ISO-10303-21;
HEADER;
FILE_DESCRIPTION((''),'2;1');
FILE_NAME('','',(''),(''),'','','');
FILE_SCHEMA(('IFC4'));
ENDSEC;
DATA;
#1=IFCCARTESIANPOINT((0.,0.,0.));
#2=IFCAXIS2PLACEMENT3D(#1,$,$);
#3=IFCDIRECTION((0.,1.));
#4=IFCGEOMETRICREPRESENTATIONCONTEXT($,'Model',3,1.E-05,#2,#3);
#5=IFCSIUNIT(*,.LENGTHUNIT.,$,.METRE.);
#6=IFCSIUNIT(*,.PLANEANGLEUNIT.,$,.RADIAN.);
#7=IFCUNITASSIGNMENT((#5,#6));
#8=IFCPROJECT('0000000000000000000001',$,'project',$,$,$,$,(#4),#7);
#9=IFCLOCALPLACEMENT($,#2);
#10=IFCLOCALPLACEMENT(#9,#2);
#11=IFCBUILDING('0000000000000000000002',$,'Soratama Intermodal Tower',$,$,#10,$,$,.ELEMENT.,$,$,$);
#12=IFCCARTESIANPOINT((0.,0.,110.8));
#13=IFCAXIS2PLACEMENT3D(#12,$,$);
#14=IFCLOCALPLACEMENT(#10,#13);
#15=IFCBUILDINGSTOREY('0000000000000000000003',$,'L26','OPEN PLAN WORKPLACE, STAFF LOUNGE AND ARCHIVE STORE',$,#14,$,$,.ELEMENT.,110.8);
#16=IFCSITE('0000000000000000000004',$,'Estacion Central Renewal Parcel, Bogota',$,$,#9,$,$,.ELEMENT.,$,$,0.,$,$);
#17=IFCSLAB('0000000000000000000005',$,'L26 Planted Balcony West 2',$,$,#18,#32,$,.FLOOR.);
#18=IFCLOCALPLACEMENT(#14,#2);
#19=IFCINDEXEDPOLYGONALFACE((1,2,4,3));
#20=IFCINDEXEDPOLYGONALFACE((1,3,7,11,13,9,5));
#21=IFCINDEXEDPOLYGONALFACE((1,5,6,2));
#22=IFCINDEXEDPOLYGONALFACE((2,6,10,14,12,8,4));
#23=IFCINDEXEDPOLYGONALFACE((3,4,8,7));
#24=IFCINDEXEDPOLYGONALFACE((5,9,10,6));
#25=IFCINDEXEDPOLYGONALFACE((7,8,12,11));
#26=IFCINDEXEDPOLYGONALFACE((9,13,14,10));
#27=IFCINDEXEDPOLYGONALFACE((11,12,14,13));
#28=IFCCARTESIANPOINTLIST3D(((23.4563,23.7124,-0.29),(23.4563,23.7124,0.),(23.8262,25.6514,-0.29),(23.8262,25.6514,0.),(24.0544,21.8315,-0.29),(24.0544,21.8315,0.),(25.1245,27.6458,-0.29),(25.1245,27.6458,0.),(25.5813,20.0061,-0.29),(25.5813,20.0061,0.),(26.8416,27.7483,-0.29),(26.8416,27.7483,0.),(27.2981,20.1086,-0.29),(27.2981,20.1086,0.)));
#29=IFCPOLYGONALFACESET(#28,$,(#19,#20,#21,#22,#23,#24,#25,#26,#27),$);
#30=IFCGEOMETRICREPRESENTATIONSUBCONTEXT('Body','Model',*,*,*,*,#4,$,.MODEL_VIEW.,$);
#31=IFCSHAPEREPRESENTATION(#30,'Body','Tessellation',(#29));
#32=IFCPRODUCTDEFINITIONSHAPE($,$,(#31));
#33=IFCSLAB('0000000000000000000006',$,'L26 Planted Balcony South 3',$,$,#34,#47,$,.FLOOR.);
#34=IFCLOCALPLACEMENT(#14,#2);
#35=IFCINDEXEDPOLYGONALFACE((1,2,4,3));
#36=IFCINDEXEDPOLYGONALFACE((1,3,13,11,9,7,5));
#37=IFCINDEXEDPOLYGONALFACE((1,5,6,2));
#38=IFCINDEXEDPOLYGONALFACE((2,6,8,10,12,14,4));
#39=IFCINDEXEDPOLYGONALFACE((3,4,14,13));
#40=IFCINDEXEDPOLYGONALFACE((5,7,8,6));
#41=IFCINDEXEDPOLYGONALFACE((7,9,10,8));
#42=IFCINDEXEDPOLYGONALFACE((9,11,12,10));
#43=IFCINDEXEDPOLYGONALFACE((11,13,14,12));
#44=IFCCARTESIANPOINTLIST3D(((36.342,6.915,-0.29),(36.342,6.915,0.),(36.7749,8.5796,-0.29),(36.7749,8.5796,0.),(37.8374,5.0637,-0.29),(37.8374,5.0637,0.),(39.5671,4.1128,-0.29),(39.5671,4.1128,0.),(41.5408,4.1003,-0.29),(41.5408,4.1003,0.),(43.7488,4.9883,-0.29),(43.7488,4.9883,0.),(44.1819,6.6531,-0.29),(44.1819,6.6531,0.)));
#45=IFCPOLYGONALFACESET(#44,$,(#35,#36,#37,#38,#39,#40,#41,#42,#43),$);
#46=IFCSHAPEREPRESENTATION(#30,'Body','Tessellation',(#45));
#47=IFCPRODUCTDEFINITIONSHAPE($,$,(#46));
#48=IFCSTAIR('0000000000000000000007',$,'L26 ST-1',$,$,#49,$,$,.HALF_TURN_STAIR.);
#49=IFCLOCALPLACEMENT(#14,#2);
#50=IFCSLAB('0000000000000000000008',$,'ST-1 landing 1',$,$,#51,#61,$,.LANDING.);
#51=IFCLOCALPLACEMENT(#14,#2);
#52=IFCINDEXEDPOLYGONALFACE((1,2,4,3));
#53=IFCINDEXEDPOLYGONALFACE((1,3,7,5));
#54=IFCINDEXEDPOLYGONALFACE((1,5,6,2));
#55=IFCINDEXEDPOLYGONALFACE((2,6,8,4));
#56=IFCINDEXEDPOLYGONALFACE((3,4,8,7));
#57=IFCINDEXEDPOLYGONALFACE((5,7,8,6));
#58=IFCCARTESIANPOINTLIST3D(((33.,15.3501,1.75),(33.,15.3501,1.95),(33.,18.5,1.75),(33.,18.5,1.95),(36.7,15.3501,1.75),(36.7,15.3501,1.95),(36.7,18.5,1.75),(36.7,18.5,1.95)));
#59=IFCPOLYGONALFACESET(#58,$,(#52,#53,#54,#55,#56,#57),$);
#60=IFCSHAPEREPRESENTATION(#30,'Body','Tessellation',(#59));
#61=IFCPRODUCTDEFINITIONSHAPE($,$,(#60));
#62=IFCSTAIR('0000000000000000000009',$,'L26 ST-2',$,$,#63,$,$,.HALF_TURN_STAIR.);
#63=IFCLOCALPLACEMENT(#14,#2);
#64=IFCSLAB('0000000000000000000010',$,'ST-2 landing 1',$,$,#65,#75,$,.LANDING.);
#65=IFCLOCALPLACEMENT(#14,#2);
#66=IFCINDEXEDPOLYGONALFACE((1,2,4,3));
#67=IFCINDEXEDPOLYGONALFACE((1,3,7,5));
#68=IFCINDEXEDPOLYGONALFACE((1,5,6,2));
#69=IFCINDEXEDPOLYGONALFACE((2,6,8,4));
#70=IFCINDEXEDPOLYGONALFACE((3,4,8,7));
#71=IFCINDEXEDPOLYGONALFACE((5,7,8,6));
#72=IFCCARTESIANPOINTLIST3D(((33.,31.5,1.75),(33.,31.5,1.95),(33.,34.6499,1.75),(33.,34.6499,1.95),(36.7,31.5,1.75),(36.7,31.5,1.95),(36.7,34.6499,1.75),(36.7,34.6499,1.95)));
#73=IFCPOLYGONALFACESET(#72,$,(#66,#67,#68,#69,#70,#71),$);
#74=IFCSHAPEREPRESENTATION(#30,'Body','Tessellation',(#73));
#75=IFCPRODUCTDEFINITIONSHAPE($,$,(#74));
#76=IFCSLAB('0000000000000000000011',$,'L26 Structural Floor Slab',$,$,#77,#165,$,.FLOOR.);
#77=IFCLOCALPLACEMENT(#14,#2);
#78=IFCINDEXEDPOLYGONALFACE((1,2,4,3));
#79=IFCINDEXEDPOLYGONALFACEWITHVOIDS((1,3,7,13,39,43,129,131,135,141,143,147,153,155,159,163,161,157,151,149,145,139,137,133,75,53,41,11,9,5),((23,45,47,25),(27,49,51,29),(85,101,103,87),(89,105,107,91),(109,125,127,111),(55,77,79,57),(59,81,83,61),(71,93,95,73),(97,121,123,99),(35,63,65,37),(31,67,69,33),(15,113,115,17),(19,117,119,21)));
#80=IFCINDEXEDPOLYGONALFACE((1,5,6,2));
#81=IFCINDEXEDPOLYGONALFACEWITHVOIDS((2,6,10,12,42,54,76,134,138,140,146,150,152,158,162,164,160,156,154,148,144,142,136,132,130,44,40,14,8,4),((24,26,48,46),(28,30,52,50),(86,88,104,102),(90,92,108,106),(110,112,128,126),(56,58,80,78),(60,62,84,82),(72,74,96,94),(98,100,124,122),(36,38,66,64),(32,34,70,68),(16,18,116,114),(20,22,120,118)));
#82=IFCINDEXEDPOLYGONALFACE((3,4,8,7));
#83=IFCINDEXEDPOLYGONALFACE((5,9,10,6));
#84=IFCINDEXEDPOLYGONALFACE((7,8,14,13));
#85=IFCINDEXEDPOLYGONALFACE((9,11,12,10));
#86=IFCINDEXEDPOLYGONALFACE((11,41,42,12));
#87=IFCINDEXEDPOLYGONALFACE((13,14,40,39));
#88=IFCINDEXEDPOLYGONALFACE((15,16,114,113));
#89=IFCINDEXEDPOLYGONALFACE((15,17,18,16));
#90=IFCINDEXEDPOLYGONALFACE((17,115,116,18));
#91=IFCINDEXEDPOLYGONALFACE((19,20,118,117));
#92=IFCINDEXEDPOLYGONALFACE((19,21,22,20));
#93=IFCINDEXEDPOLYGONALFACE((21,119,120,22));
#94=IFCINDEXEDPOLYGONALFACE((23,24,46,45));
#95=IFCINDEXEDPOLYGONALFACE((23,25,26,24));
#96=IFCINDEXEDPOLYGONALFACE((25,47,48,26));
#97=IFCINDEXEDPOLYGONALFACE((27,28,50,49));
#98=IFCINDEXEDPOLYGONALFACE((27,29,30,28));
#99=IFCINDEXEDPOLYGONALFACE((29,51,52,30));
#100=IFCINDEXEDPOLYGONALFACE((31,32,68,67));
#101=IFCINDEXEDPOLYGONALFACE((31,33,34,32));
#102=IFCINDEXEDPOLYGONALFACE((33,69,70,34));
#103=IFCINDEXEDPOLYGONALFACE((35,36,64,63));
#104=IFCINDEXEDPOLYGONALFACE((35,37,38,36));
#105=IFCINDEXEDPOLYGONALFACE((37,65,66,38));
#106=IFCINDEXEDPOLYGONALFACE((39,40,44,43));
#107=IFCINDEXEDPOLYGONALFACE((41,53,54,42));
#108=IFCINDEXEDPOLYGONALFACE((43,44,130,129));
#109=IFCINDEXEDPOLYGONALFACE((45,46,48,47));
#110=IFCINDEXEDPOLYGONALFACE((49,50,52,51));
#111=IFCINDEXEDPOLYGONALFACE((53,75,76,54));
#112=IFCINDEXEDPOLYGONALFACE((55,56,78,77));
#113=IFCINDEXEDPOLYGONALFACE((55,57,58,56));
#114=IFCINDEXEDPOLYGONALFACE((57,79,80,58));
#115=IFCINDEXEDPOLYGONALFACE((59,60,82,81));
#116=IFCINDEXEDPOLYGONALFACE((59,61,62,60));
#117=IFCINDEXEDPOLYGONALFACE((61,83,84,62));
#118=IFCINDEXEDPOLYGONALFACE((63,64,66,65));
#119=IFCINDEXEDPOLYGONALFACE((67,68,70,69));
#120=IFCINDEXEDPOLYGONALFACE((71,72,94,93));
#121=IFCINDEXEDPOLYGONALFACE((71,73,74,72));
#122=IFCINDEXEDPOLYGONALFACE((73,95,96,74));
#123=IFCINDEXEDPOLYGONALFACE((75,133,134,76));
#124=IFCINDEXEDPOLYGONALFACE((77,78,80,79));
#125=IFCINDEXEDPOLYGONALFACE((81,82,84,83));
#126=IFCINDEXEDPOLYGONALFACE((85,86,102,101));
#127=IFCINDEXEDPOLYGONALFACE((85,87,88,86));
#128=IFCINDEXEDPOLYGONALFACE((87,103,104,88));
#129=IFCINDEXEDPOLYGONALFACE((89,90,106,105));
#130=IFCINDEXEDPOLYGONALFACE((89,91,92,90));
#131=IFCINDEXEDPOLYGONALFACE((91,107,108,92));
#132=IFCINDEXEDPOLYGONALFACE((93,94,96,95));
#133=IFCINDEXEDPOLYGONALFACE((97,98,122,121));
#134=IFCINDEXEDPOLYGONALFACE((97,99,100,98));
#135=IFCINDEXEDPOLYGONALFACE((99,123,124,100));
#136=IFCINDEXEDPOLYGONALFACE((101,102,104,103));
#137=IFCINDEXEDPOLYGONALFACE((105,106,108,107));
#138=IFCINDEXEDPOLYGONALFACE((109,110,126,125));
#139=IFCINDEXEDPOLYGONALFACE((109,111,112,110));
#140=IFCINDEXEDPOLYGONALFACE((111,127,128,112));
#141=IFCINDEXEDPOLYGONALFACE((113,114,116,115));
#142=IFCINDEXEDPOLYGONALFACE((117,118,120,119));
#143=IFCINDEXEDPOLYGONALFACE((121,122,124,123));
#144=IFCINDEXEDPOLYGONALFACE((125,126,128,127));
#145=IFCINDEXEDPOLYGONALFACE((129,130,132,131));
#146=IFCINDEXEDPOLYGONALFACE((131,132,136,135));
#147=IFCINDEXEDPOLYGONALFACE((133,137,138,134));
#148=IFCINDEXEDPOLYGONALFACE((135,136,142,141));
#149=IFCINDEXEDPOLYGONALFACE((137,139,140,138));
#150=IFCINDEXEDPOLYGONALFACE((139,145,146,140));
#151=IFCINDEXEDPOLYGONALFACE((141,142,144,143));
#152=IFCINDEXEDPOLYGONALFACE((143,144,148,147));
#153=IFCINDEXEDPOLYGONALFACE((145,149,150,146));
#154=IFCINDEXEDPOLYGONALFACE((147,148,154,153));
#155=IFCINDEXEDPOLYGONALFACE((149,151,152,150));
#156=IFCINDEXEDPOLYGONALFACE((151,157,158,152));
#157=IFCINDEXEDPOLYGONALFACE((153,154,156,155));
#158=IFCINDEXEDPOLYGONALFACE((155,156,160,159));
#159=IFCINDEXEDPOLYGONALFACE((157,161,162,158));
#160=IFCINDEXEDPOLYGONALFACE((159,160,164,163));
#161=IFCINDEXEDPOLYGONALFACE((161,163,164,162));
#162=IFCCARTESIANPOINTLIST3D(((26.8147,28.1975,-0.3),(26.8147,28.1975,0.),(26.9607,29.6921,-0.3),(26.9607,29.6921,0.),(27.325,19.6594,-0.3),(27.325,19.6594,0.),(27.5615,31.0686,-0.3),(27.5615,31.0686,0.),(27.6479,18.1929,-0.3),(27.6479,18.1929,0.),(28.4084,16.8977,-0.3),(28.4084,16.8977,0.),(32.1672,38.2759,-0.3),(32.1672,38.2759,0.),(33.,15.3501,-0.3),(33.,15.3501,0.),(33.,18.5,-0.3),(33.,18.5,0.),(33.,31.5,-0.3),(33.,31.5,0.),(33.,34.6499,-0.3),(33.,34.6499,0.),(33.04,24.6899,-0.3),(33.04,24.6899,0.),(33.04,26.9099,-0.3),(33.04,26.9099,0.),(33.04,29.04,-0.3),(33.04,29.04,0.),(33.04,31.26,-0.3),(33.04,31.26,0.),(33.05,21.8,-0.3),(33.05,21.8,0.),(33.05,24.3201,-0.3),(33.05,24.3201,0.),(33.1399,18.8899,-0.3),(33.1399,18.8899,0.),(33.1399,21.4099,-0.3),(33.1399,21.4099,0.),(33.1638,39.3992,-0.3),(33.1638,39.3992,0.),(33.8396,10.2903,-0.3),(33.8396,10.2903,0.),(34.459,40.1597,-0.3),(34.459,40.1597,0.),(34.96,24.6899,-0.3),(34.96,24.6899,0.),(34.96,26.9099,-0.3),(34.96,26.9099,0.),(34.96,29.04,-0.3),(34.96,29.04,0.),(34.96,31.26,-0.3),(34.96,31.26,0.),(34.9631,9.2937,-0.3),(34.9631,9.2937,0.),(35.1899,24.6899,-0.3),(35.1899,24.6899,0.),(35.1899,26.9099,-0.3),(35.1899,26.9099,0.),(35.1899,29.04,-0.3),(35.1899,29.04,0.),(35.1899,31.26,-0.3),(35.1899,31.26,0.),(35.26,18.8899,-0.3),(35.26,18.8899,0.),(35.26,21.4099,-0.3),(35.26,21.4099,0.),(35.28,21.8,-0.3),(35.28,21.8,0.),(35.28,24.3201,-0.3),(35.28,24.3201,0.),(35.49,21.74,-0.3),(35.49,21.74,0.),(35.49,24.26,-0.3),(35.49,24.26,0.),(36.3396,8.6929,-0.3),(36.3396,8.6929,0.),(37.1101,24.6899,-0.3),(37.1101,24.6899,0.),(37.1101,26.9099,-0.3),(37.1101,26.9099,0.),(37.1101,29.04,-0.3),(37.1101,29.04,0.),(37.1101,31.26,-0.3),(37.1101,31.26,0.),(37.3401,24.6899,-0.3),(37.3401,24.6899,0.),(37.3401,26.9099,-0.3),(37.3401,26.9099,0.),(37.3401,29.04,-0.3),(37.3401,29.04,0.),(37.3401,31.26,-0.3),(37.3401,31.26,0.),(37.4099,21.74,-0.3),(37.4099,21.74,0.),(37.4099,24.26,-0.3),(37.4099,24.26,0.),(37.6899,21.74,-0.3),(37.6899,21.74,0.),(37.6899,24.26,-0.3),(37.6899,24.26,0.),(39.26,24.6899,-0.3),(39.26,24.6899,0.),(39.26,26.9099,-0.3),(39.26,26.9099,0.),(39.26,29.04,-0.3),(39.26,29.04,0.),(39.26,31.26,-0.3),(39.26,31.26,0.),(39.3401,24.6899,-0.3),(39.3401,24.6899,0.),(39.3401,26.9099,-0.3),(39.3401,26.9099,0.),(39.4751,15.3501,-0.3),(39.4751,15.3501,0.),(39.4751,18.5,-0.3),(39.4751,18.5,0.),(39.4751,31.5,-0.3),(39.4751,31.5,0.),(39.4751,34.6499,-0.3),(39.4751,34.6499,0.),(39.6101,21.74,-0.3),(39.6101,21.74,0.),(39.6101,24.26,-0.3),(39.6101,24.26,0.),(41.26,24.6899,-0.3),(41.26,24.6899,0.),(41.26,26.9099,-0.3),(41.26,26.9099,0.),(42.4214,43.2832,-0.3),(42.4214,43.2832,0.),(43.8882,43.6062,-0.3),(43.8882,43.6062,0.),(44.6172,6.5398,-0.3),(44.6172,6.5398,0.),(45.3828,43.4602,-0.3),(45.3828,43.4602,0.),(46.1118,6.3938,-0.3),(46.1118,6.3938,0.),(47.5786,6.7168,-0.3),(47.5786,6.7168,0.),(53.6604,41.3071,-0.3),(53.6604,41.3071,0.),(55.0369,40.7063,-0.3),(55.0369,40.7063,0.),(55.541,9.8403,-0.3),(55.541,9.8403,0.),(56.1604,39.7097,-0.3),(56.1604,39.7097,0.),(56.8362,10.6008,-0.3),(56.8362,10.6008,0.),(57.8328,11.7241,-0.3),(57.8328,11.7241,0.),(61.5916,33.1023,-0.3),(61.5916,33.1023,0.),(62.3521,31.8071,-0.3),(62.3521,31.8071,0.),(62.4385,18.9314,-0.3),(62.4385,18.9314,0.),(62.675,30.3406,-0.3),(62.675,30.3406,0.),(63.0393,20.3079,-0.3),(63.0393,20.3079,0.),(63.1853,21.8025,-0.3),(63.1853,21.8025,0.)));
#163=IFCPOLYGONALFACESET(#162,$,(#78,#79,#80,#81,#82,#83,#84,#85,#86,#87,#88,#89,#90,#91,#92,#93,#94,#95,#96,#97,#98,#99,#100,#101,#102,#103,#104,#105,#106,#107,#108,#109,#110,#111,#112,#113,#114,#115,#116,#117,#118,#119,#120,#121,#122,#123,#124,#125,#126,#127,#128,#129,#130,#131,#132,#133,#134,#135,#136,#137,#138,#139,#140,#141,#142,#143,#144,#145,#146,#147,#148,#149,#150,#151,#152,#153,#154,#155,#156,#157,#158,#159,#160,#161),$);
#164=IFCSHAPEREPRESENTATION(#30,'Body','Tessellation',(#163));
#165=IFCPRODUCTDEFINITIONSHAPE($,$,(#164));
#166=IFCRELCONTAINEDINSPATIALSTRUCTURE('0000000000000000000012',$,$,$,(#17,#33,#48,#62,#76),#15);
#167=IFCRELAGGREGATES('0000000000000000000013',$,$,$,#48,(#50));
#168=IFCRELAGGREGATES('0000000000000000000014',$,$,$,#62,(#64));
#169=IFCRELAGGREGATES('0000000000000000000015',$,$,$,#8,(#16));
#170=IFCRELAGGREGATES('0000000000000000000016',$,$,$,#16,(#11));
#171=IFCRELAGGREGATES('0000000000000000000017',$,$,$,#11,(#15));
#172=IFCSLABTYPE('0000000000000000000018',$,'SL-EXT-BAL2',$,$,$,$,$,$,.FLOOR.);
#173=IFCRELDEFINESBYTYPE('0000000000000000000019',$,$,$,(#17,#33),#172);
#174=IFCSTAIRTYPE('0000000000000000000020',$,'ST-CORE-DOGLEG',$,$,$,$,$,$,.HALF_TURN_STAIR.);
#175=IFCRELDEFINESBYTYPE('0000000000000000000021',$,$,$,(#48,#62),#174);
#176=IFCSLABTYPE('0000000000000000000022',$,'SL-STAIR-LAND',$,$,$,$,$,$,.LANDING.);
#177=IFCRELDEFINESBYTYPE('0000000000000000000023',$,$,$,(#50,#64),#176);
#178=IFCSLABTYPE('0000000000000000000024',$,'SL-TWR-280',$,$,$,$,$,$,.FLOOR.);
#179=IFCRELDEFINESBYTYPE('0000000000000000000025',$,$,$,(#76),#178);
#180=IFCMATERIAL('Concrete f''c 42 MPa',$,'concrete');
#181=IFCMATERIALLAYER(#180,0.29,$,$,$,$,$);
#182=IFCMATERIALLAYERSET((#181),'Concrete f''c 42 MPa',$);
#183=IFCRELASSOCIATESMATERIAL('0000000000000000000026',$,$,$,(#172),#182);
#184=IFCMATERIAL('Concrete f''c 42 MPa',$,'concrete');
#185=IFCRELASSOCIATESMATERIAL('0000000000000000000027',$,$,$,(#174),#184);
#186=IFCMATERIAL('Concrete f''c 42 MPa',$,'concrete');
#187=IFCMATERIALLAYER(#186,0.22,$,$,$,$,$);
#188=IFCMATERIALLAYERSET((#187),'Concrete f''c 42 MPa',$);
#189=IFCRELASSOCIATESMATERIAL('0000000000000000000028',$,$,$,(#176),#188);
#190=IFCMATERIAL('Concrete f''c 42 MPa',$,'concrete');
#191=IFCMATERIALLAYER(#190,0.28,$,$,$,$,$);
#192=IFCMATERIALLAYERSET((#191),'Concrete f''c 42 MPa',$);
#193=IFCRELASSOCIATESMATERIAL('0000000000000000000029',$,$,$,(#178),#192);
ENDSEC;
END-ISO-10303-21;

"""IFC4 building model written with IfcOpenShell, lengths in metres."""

from ifc_helpers import new_model, si_unit, direction, frame, origin, place, context, subcontext, project, spatial, polyline, outline, extrude, material, layer, layer_set, type_object, element, aggregate, save


model = new_model("IFC4")

# Units and contexts
model_context = context("Model", 3, precision=1e-05, world=origin(), true_north=direction((0.0, 1.0)))
body_context = subcontext(model_context, "Body", "Model", "MODEL_VIEW")
ifc_project = project(units=[si_unit("LENGTHUNIT", "METRE"), si_unit("PLANEANGLEUNIT", "RADIAN")], contexts=[model_context])

# Site, building, storey
site_placement = place(None, origin())
site = spatial("IfcSite", under=ifc_project, at=site_placement, Name="Estacion Central Renewal Parcel, Bogota", CompositionType="ELEMENT", RefElevation=0.0)
building_placement = place(site_placement, origin())
building = spatial("IfcBuilding", under=site, at=building_placement, Name="Soratama Intermodal Tower", CompositionType="ELEMENT")
storey_placement = place(building_placement, frame((0.0, 0.0, 110.8)))
storey = spatial("IfcBuildingStorey", under=building, at=storey_placement, Name="L26", Description="OPEN PLAN WORKPLACE, STAFF LOUNGE AND ARCHIVE STORE", CompositionType="ELEMENT", Elevation=110.8)

# Slabs
ifc_material_1 = material(Name="Concrete f'c 42 MPa", Category="concrete")
ifc_layer_1 = layer(ifc_material_1, 0.29)
ifc_layer_set_1 = layer_set([ifc_layer_1], Name="Concrete f'c 42 MPa")
slab_type_1 = type_object("IfcSlabType", Name="SL-EXT-BAL2", PredefinedType="FLOOR", material=ifc_layer_set_1)
slab_1_placement = place(storey_placement, frame((0.0, 0.0, -0.29)))
element("IfcSlab", 1, at=slab_1_placement, inside=storey, type_object=slab_type_1, Name="L26 Planted Balcony West 2", PredefinedType="FLOOR", context=body_context, shape_type="SweptSolid", body=[
    extrude(outline(polyline([(26.8416, 27.7483), (27.2981, 20.1086), (25.5813, 20.0061), (24.0544, 21.8315), (23.4563, 23.7124), (23.8262, 25.6514), (25.1245, 27.6458), (26.8416, 27.7483)])), origin(), (0.0, 0.0, 1.0), 0.29),
])
slab_2_placement = place(storey_placement, frame((0.0, 0.0, -0.29)))
element("IfcSlab", 2, at=slab_2_placement, inside=storey, type_object=slab_type_1, Name="L26 Planted Balcony South 3", PredefinedType="FLOOR", context=body_context, shape_type="SweptSolid", body=[
    extrude(outline(polyline([(36.7749, 8.5796), (44.1819, 6.6531), (43.7488, 4.9883), (41.5408, 4.1003), (39.5671, 4.1128), (37.8374, 5.0637), (36.342, 6.915), (36.7749, 8.5796)])), origin(), (0.0, 0.0, 1.0), 0.29),
])

# Stairs, slabs
ifc_material_2 = material(Name="Concrete f'c 42 MPa", Category="concrete")
stair_type = type_object("IfcStairType", Name="ST-CORE-DOGLEG", PredefinedType="HALF_TURN_STAIR", material=ifc_material_2)
stair_1_placement = place(storey_placement, origin())
stair_1 = element("IfcStair", 3, at=stair_1_placement, inside=storey, type_object=stair_type, Name="L26 ST-1", PredefinedType="HALF_TURN_STAIR")
ifc_material_3 = material(Name="Concrete f'c 42 MPa", Category="concrete")
ifc_layer_2 = layer(ifc_material_3, 0.22)
ifc_layer_set_2 = layer_set([ifc_layer_2], Name="Concrete f'c 42 MPa")
slab_type_2 = type_object("IfcSlabType", Name="SL-STAIR-LAND", PredefinedType="LANDING", material=ifc_layer_set_2)
slab_3_placement = place(storey_placement, frame((0.0, 0.0, 1.75)))
slab_3 = element("IfcSlab", 4, at=slab_3_placement, type_object=slab_type_2, Name="ST-1 landing 1", PredefinedType="LANDING", context=body_context, shape_type="SweptSolid", body=[
    extrude(outline(polyline([(36.7, 18.5), (33.0, 18.5), (33.0, 15.3501), (36.7, 15.3501), (36.7, 18.5)])), origin(), (0.0, 0.0, 1.0), 0.2),
])
aggregate(stair_1, [slab_3])
stair_2_placement = place(storey_placement, origin())
stair_2 = element("IfcStair", 5, at=stair_2_placement, inside=storey, type_object=stair_type, Name="L26 ST-2", PredefinedType="HALF_TURN_STAIR")
slab_4_placement = place(storey_placement, frame((0.0, 0.0, 1.75)))
slab_4 = element("IfcSlab", 6, at=slab_4_placement, type_object=slab_type_2, Name="ST-2 landing 1", PredefinedType="LANDING", context=body_context, shape_type="SweptSolid", body=[
    extrude(outline(polyline([(36.7, 34.6499), (33.0, 34.6499), (33.0, 31.5), (36.7, 31.5), (36.7, 34.6499)])), origin(), (0.0, 0.0, 1.0), 0.2),
])
aggregate(stair_2, [slab_4])

# Slab
ifc_material_4 = material(Name="Concrete f'c 42 MPa", Category="concrete")
ifc_layer_3 = layer(ifc_material_4, 0.28)
ifc_layer_set_3 = layer_set([ifc_layer_3], Name="Concrete f'c 42 MPa")
slab_type_3 = type_object("IfcSlabType", Name="SL-TWR-280", PredefinedType="FLOOR", material=ifc_layer_set_3)
slab_5_placement = place(storey_placement, frame((0.0, 0.0, -0.3)))
element("IfcSlab", 7, at=slab_5_placement, inside=storey, type_object=slab_type_3, Name="L26 Structural Floor Slab", PredefinedType="FLOOR", context=body_context, shape_type="SweptSolid", body=[
    extrude(outline(polyline([(62.675, 30.3406), (62.3521, 31.8071), (61.5916, 33.1023), (56.1604, 39.7097), (55.0369, 40.7063), (53.6604, 41.3071), (45.3828, 43.4602), (43.8882, 43.6062), (42.4214, 43.2832), (34.459, 40.1597), (33.1638, 39.3992), (32.1672, 38.2759), (27.5615, 31.0686), (26.9607, 29.6921), (26.8147, 28.1975), (27.325, 19.6594), (27.6479, 18.1929), (28.4084, 16.8977), (33.8396, 10.2903), (34.9631, 9.2937), (36.3396, 8.6929), (44.6172, 6.5398), (46.1118, 6.3938), (47.5786, 6.7168), (55.541, 9.8403), (56.8362, 10.6008), (57.8328, 11.7241), (62.4385, 18.9314), (63.0393, 20.3079), (63.1853, 21.8025), (62.675, 30.3406)]), holes=[polyline([(33.0, 18.5), (33.0, 15.3501), (39.4751, 15.3501), (39.4751, 18.5), (33.0, 18.5)]), polyline([(35.26, 18.8899), (35.26, 21.4099), (33.1399, 21.4099), (33.1399, 18.8899), (35.26, 18.8899)]), polyline([(33.05, 21.8), (35.28, 21.8), (35.28, 24.3201), (33.05, 24.3201), (33.05, 21.8)]), polyline([(34.96, 26.9099), (33.04, 26.9099), (33.04, 24.6899), (34.96, 24.6899), (34.96, 26.9099)]), polyline([(37.1101, 24.6899), (37.1101, 26.9099), (35.1899, 26.9099), (35.1899, 24.6899), (37.1101, 24.6899)]), polyline([(34.96, 29.04), (34.96, 31.26), (33.04, 31.26), (33.04, 29.04), (34.96, 29.04)]), polyline([(37.1101, 31.26), (35.1899, 31.26), (35.1899, 29.04), (37.1101, 29.04), (37.1101, 31.26)]), polyline([(37.4099, 21.74), (37.4099, 24.26), (35.49, 24.26), (35.49, 21.74), (37.4099, 21.74)]), polyline([(39.6101, 21.74), (39.6101, 24.26), (37.6899, 24.26), (37.6899, 21.74), (39.6101, 21.74)]), polyline([(39.26, 24.6899), (39.26, 26.9099), (37.3401, 26.9099), (37.3401, 24.6899), (39.26, 24.6899)]), polyline([(41.26, 24.6899), (41.26, 26.9099), (39.3401, 26.9099), (39.3401, 24.6899), (41.26, 24.6899)]), polyline([(39.26, 29.04), (39.26, 31.26), (37.3401, 31.26), (37.3401, 29.04), (39.26, 29.04)]), polyline([(39.4751, 34.6499), (33.0, 34.6499), (33.0, 31.5), (39.4751, 31.5), (39.4751, 34.6499)])]), origin(), (0.0, 0.0, 1.0), 0.3),
])

save(model, "model.ifc")
